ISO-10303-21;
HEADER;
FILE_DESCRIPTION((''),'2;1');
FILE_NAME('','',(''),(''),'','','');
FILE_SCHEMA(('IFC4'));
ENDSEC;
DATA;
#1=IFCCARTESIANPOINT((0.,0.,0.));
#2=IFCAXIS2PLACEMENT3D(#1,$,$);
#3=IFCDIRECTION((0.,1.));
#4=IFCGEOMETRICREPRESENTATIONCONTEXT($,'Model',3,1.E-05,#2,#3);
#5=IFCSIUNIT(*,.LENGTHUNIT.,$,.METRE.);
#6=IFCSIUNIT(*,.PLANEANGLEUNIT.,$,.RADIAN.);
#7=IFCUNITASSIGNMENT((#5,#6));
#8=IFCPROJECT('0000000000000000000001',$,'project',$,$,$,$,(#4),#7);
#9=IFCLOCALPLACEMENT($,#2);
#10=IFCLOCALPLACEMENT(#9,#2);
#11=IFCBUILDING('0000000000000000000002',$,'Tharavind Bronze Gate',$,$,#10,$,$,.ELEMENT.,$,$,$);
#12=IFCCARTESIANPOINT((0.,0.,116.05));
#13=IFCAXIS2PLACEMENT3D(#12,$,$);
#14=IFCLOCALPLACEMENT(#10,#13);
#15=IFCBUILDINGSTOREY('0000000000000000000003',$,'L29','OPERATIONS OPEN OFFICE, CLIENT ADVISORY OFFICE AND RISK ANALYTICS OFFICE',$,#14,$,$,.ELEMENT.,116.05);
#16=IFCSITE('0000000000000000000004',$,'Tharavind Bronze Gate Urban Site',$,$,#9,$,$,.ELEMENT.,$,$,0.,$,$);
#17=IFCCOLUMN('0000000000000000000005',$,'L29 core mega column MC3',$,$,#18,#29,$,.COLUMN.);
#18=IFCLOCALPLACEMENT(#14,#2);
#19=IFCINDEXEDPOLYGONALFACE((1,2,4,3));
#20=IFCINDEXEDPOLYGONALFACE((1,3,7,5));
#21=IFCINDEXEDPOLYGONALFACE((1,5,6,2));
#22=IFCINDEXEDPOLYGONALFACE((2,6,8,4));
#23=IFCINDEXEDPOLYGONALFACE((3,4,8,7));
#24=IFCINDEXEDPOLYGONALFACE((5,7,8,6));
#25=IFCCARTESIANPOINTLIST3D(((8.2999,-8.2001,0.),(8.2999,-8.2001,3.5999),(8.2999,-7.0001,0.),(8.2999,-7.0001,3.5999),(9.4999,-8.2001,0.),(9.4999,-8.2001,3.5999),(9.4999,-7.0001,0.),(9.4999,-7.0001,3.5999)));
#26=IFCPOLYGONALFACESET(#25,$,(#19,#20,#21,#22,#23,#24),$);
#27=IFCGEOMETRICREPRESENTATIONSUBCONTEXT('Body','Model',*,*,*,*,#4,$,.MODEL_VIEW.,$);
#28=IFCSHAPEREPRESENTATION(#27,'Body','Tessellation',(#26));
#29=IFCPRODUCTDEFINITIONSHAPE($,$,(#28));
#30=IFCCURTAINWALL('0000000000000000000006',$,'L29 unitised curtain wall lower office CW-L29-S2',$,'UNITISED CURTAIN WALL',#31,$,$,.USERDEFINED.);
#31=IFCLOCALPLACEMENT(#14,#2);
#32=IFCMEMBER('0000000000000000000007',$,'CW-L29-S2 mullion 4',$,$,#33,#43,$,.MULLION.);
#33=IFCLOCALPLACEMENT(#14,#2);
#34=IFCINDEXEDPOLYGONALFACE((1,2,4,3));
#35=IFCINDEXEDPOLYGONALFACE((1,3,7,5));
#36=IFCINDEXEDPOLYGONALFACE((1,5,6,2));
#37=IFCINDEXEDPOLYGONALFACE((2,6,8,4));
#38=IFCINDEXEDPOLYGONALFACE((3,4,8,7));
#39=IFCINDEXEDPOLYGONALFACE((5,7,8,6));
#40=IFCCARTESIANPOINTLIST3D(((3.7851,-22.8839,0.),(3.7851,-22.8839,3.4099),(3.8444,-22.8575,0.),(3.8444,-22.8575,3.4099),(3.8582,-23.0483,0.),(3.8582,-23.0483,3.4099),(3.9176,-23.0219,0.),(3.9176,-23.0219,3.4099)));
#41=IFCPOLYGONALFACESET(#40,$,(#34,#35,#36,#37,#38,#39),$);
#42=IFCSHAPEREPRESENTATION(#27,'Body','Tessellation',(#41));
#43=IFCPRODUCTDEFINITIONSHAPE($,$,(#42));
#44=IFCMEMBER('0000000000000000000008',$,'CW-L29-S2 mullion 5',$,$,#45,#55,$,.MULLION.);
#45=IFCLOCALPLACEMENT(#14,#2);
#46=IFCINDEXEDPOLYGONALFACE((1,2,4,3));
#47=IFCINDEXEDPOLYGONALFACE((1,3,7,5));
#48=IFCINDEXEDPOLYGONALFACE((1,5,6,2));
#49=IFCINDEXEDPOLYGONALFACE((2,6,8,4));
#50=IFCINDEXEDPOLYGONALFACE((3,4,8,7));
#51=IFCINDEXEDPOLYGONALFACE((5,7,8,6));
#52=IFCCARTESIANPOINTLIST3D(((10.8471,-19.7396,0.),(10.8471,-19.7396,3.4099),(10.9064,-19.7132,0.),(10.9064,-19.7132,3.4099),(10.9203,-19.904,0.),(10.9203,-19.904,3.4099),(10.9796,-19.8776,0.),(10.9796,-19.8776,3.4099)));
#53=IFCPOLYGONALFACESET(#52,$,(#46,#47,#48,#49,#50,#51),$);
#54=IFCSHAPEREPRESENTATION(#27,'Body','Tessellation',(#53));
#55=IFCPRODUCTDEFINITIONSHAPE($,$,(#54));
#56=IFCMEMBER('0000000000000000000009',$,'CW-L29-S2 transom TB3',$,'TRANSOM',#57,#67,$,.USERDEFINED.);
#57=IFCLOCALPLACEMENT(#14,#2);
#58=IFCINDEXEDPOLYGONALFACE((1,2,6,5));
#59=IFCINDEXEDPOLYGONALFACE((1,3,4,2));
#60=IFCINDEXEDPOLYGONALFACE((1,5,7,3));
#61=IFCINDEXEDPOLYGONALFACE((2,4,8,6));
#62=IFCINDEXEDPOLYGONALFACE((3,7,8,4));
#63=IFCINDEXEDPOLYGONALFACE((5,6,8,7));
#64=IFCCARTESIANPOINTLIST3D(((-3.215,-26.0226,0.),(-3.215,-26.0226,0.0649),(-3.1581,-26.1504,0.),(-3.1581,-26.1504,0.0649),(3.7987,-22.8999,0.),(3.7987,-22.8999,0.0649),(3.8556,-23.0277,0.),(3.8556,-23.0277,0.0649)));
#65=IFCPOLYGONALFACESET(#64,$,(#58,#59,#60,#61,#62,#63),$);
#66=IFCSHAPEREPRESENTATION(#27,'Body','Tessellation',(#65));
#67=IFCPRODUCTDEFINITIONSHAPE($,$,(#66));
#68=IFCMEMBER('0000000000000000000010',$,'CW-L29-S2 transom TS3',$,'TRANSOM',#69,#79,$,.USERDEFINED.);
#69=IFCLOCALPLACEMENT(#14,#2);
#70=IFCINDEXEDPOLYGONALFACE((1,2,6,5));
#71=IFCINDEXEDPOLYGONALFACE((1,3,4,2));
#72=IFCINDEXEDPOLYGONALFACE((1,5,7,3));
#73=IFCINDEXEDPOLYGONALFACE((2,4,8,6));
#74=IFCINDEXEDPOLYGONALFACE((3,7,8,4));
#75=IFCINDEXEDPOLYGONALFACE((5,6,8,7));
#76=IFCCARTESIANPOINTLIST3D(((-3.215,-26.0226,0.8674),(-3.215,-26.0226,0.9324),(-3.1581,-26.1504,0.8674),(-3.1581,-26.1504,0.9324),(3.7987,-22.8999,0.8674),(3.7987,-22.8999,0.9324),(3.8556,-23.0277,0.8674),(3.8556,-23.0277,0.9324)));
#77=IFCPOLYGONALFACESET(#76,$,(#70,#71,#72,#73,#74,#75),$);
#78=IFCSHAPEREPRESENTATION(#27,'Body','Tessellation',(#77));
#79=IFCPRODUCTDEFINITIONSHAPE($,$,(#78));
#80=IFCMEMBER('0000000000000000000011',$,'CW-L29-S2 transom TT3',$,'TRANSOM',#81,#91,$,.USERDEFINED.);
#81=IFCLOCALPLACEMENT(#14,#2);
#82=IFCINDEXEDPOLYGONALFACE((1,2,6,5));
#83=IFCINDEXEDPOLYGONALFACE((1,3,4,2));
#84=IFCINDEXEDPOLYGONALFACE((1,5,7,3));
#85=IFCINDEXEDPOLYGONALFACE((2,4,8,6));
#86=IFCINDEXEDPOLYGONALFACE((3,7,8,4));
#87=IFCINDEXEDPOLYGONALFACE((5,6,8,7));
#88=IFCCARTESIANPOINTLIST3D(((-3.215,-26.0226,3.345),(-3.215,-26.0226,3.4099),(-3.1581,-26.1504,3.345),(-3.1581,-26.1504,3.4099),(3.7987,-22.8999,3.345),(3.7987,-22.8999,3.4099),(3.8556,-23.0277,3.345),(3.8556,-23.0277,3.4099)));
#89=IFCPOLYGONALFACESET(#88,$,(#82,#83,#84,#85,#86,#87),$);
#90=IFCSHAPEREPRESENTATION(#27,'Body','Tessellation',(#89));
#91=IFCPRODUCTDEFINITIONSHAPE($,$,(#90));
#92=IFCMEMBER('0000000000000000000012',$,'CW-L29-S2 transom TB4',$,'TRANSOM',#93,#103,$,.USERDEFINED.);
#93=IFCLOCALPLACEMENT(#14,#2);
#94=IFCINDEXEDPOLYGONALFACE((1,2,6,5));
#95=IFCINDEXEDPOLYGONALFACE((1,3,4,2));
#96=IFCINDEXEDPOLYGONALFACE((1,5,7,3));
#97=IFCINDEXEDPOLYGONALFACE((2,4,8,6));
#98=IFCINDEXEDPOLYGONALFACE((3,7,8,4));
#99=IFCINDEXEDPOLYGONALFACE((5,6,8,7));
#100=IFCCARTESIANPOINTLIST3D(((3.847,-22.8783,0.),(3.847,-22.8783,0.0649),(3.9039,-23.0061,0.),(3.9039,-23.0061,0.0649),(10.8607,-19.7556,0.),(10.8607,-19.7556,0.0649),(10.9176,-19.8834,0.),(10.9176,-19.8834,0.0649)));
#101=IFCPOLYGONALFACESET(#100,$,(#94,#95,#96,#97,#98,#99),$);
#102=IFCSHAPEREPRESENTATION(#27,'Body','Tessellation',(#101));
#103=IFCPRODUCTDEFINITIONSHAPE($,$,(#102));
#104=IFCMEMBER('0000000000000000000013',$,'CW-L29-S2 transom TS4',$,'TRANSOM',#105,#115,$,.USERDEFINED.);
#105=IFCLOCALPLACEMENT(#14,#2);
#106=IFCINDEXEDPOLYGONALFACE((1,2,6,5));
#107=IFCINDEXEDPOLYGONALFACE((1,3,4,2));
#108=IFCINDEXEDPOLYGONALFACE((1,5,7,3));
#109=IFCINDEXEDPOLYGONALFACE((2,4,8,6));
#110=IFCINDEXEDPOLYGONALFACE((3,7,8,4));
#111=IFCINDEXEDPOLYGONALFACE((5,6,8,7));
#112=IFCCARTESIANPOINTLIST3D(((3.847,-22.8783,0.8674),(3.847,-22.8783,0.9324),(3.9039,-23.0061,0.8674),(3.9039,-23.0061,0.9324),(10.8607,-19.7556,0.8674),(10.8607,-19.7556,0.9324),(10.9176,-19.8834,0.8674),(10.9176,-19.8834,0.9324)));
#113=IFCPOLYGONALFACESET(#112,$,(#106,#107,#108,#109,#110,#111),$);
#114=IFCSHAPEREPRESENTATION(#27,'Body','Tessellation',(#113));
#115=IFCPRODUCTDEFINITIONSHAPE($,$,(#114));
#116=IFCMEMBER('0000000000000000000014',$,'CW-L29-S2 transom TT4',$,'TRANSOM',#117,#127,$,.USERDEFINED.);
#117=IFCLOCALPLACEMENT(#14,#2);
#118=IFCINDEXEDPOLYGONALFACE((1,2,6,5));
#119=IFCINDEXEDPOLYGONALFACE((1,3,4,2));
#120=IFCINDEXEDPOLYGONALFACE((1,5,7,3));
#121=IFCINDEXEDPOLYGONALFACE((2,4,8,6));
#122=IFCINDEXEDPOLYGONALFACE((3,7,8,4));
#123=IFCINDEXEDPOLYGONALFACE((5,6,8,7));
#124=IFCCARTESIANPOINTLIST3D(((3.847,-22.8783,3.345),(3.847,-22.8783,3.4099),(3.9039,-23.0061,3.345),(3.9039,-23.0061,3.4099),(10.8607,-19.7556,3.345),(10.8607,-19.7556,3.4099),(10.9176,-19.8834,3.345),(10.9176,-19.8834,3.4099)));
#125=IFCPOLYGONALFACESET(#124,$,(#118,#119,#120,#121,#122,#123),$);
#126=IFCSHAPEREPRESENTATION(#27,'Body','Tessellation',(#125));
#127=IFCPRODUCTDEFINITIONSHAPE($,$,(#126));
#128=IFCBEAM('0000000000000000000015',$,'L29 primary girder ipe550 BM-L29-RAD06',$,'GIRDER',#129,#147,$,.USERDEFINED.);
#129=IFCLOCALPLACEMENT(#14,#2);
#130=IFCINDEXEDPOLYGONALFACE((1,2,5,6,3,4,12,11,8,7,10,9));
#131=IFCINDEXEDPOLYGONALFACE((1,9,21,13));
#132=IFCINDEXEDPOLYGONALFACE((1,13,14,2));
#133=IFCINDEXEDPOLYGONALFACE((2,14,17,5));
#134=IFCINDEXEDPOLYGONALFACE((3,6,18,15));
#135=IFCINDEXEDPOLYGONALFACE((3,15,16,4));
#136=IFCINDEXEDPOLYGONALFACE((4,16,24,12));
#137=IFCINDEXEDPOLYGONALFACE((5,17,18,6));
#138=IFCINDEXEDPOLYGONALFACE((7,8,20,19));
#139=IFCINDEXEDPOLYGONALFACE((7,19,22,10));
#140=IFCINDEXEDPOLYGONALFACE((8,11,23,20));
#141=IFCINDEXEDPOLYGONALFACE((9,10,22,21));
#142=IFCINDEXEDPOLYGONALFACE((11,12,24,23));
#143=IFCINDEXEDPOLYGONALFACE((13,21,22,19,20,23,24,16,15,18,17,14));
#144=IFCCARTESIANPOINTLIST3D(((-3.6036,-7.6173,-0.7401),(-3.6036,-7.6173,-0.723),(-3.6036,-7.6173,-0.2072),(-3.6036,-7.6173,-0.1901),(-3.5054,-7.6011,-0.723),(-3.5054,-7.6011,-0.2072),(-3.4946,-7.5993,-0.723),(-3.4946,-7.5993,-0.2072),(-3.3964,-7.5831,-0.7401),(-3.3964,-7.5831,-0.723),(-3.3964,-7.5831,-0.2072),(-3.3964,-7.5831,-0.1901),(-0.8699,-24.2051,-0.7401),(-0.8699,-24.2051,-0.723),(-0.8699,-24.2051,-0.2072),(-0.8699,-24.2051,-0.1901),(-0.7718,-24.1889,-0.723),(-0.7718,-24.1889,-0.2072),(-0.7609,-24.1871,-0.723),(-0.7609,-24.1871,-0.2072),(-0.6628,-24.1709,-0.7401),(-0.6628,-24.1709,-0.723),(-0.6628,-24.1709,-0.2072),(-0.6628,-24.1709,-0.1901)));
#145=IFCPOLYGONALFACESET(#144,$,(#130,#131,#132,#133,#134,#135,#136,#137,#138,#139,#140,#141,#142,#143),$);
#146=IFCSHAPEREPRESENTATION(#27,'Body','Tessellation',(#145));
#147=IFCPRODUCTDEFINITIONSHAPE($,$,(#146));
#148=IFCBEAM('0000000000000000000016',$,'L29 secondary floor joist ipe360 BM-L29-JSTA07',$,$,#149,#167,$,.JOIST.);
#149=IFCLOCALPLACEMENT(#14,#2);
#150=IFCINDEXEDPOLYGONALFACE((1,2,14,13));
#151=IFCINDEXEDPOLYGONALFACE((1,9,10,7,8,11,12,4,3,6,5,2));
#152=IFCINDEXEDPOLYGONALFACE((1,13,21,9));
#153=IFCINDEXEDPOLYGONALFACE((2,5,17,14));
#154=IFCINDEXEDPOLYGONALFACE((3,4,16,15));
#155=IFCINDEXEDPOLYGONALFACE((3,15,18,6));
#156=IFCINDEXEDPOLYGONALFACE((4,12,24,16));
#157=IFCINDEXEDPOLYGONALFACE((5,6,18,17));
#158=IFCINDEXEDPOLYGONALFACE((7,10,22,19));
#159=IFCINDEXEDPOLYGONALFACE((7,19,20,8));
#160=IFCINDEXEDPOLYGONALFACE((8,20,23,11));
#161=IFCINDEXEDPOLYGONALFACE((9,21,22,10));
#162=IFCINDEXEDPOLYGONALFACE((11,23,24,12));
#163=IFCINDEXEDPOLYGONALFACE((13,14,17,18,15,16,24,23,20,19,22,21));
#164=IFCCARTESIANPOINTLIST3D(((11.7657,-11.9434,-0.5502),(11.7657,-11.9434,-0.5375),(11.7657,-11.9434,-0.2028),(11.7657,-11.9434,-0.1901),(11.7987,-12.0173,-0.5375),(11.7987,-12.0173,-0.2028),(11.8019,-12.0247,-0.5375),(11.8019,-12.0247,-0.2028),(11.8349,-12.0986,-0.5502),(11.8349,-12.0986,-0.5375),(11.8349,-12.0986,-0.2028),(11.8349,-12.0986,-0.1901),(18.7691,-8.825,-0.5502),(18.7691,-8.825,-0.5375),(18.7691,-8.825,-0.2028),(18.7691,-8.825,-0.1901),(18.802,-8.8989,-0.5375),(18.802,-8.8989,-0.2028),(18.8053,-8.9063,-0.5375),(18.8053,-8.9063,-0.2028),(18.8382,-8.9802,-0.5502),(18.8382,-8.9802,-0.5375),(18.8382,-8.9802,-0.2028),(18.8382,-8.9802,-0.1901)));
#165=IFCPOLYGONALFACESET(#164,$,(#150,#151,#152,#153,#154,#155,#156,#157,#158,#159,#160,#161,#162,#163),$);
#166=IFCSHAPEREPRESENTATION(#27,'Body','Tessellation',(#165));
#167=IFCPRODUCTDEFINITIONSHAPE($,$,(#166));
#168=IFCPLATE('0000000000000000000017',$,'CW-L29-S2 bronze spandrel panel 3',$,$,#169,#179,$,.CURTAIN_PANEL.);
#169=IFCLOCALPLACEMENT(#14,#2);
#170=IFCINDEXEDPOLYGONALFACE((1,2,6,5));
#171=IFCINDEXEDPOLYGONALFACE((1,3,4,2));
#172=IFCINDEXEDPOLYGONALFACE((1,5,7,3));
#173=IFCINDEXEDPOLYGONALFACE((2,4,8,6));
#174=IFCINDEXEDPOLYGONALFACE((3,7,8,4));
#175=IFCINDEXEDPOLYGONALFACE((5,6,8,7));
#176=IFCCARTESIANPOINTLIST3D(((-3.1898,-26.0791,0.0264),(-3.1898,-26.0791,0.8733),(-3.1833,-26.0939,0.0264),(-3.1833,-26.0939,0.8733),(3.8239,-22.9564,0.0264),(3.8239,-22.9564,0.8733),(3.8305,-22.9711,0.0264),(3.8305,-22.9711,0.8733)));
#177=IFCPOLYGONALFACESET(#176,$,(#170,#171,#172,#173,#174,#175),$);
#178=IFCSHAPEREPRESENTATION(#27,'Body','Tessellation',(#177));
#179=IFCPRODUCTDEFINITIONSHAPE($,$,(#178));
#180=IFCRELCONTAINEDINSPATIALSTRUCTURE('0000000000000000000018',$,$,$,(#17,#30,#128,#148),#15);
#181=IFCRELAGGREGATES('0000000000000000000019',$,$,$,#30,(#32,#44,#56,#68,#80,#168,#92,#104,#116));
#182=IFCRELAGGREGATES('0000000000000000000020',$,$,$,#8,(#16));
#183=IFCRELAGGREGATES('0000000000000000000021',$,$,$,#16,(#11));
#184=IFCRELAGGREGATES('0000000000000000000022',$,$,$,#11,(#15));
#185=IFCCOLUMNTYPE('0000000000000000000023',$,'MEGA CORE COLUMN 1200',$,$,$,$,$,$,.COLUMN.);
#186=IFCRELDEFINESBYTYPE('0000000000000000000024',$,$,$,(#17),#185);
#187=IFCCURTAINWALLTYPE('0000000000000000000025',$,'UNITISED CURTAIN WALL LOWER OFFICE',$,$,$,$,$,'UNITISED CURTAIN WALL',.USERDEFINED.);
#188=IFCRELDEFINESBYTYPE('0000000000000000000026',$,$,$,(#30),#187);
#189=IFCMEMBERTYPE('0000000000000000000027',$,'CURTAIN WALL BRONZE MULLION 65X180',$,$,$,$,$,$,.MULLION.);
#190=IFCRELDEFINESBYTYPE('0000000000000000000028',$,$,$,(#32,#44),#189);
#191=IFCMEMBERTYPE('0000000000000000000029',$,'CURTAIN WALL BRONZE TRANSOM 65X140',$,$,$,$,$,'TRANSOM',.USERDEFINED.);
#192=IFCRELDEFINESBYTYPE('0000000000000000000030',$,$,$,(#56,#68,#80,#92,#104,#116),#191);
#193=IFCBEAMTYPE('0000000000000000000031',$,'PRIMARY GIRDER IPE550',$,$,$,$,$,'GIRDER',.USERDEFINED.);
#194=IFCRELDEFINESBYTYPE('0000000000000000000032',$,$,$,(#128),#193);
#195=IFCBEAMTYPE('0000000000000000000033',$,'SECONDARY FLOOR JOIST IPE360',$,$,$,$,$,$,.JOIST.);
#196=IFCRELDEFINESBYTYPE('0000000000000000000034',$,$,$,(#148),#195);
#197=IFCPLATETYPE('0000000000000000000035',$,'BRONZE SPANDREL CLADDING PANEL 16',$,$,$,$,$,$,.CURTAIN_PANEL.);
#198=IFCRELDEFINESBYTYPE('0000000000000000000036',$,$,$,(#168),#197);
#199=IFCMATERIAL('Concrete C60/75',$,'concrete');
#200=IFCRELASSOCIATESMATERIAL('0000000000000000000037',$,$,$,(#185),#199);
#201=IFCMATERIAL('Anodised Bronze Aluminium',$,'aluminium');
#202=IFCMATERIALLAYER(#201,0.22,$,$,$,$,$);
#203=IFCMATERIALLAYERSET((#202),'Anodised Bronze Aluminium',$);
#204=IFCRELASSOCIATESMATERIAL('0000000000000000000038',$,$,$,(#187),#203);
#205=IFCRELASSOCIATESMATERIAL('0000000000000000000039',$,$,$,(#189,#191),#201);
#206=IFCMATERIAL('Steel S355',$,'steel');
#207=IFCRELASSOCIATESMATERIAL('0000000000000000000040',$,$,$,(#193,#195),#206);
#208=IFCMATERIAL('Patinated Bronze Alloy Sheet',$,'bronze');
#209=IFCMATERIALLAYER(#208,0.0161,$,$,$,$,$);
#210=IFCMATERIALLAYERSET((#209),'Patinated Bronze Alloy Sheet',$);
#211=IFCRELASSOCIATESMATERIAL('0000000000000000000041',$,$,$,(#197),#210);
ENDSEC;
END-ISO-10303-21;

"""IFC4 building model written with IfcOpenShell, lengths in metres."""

from ifc_helpers import new_model, si_unit, direction, frame, origin, origin_2d, place, context, subcontext, project, spatial, rectangle, i_section, extrude, material, layer, layer_set, material_profile, profile_set, type_object, element, aggregate, save


model = new_model("IFC4")

# Units and contexts
model_context = context("Model", 3, precision=1e-05, world=origin(), true_north=direction((0.0, 1.0)))
body_context = subcontext(model_context, "Body", "Model", "MODEL_VIEW")
ifc_project = project(units=[si_unit("LENGTHUNIT", "METRE"), si_unit("PLANEANGLEUNIT", "RADIAN")], contexts=[model_context])

# Site, building, storey
site_placement = place(None, origin())
site = spatial("IfcSite", under=ifc_project, at=site_placement, Name="Tharavind Bronze Gate Urban Site", CompositionType="ELEMENT", RefElevation=0.0)
building_placement = place(site_placement, origin())
building = spatial("IfcBuilding", under=site, at=building_placement, Name="Tharavind Bronze Gate", CompositionType="ELEMENT")
storey_placement = place(building_placement, frame((0.0, 0.0, 116.05)))
storey = spatial("IfcBuildingStorey", under=building, at=storey_placement, Name="L29", Description="OPERATIONS OPEN OFFICE, CLIENT ADVISORY OFFICE AND RISK ANALYTICS OFFICE", CompositionType="ELEMENT", Elevation=116.05)

# Column
ifc_material_1 = material(Name="Concrete C60/75", Category="concrete")
ifc_material_profile_1 = material_profile(ifc_material_1, rectangle(XDim=1.2, YDim=1.2, at=origin_2d()), Name="RCCOL1200")
ifc_profile_set_1 = profile_set([ifc_material_profile_1], Name="Concrete C60/75")
column_type = type_object("IfcColumnType", Name="MEGA CORE COLUMN 1200", PredefinedType="COLUMN", material=ifc_profile_set_1)
column_placement = place(storey_placement, frame((8.8999, -7.6001, 0.0), z_axis=(0.0, 0.0, 1.0), x_axis=(1.0, 0.0, 0.0)))
element("IfcColumn", 1, at=column_placement, inside=storey, type_object=column_type, Name="L29 core mega column MC3", PredefinedType="COLUMN", context=body_context, shape_type="SweptSolid", body=[
    extrude(rectangle(XDim=1.2, YDim=1.2, at=origin_2d()), origin(), (0.0, 0.0, 1.0), 3.5999),
])

# Curtain wall, members
ifc_material_2 = material(Name="Anodised Bronze Aluminium", Category="aluminium")
ifc_layer_1 = layer(ifc_material_2, 0.22)
ifc_layer_set_1 = layer_set([ifc_layer_1], Name="Anodised Bronze Aluminium")
curtain_wall_type = type_object("IfcCurtainWallType", Name="UNITISED CURTAIN WALL LOWER OFFICE", ElementType="UNITISED CURTAIN WALL", PredefinedType="USERDEFINED", material=ifc_layer_set_1)
curtain_wall_placement = place(storey_placement, origin())
curtain_wall = element("IfcCurtainWall", 2, at=curtain_wall_placement, inside=storey, type_object=curtain_wall_type, Name="L29 unitised curtain wall lower office CW-L29-S2", ObjectType="UNITISED CURTAIN WALL", PredefinedType="USERDEFINED")
member_type_1 = type_object("IfcMemberType", Name="CURTAIN WALL BRONZE MULLION 65X180", PredefinedType="MULLION", material=ifc_material_2)
member_1_placement = place(storey_placement, frame((3.8513, -22.9529, 0.0), z_axis=(0.0, 0.0, 1.0), x_axis=(0.913545, 0.406737, 0.0)))
member_1 = element("IfcMember", 3, at=member_1_placement, type_object=member_type_1, Name="CW-L29-S2 mullion 4", PredefinedType="MULLION", context=body_context, shape_type="SweptSolid", body=[
    extrude(rectangle(XDim=0.0649, YDim=0.1799, at=origin_2d()), origin(), (0.0, 0.0, 1.0), 3.4099),
])
member_2_placement = place(storey_placement, frame((10.9133, -19.8086, 0.0), z_axis=(0.0, 0.0, 1.0), x_axis=(0.913545, 0.406737, 0.0)))
member_2 = element("IfcMember", 4, at=member_2_placement, type_object=member_type_1, Name="CW-L29-S2 mullion 5", PredefinedType="MULLION", context=body_context, shape_type="SweptSolid", body=[
    extrude(rectangle(XDim=0.0649, YDim=0.1799, at=origin_2d()), origin(), (0.0, 0.0, 1.0), 3.4099),
])
member_type_2 = type_object("IfcMemberType", Name="CURTAIN WALL BRONZE TRANSOM 65X140", ElementType="TRANSOM", PredefinedType="USERDEFINED", material=ifc_material_2)
member_3_placement = place(storey_placement, frame((0.3203, -24.5251, 0.0), z_axis=(0.0, 0.0, 1.0), x_axis=(0.913545, 0.406737, 0.0)))
member_3 = element("IfcMember", 5, at=member_3_placement, type_object=member_type_2, Name="CW-L29-S2 transom TB3", ObjectType="TRANSOM", PredefinedType="USERDEFINED", context=body_context, shape_type="SweptSolid", body=[
    extrude(rectangle(XDim=7.6775, YDim=0.1399, at=origin_2d()), origin(), (0.0, 0.0, 1.0), 0.0649),
])
member_4_placement = place(storey_placement, frame((0.3203, -24.5251, 0.8674), z_axis=(0.0, 0.0, 1.0), x_axis=(0.913545, 0.406737, 0.0)))
member_4 = element("IfcMember", 6, at=member_4_placement, type_object=member_type_2, Name="CW-L29-S2 transom TS3", ObjectType="TRANSOM", PredefinedType="USERDEFINED", context=body_context, shape_type="SweptSolid", body=[
    extrude(rectangle(XDim=7.6775, YDim=0.1399, at=origin_2d()), origin(), (0.0, 0.0, 1.0), 0.0649),
])
member_5_placement = place(storey_placement, frame((0.3203, -24.5251, 3.345), z_axis=(0.0, 0.0, 1.0), x_axis=(0.913545, 0.406737, 0.0)))
member_5 = element("IfcMember", 7, at=member_5_placement, type_object=member_type_2, Name="CW-L29-S2 transom TT3", ObjectType="TRANSOM", PredefinedType="USERDEFINED", context=body_context, shape_type="SweptSolid", body=[
    extrude(rectangle(XDim=7.6775, YDim=0.1399, at=origin_2d()), origin(), (0.0, 0.0, 1.0), 0.0649),
])
member_6_placement = place(storey_placement, frame((7.3823, -21.3809, 0.0), z_axis=(0.0, 0.0, 1.0), x_axis=(0.913545, 0.406737, 0.0)))
member_6 = element("IfcMember", 8, at=member_6_placement, type_object=member_type_2, Name="CW-L29-S2 transom TB4", ObjectType="TRANSOM", PredefinedType="USERDEFINED", context=body_context, shape_type="SweptSolid", body=[
    extrude(rectangle(XDim=7.6775, YDim=0.1399, at=origin_2d()), origin(), (0.0, 0.0, 1.0), 0.0649),
])
member_7_placement = place(storey_placement, frame((7.3823, -21.3809, 0.8674), z_axis=(0.0, 0.0, 1.0), x_axis=(0.913545, 0.406737, 0.0)))
member_7 = element("IfcMember", 9, at=member_7_placement, type_object=member_type_2, Name="CW-L29-S2 transom TS4", ObjectType="TRANSOM", PredefinedType="USERDEFINED", context=body_context, shape_type="SweptSolid", body=[
    extrude(rectangle(XDim=7.6775, YDim=0.1399, at=origin_2d()), origin(), (0.0, 0.0, 1.0), 0.0649),
])
member_8_placement = place(storey_placement, frame((7.3823, -21.3809, 3.345), z_axis=(0.0, 0.0, 1.0), x_axis=(0.913545, 0.406737, 0.0)))
member_8 = element("IfcMember", 10, at=member_8_placement, type_object=member_type_2, Name="CW-L29-S2 transom TT4", ObjectType="TRANSOM", PredefinedType="USERDEFINED", context=body_context, shape_type="SweptSolid", body=[
    extrude(rectangle(XDim=7.6775, YDim=0.1399, at=origin_2d()), origin(), (0.0, 0.0, 1.0), 0.0649),
])

# Beams
ifc_material_3 = material(Name="Steel S355", Category="steel")
ifc_material_profile_2 = material_profile(ifc_material_3, i_section(OverallWidth=0.21, OverallDepth=0.55, WebThickness=0.011, FlangeThickness=0.0171, at=origin_2d()), Name="IPE550")
ifc_profile_set_2 = profile_set([ifc_material_profile_2], Name="Steel S355")
beam_type_1 = type_object("IfcBeamType", Name="PRIMARY GIRDER IPE550", ElementType="GIRDER", PredefinedType="USERDEFINED", material=ifc_profile_set_2)
beam_1_placement = place(storey_placement, frame((-0.7664, -24.188, -0.4651), z_axis=(-0.162604, 0.986691, 0.0), x_axis=(-0.986691, -0.162604, 0.0)))
element("IfcBeam", 11, at=beam_1_placement, inside=storey, type_object=beam_type_1, Name="L29 primary girder ipe550 BM-L29-RAD06", ObjectType="GIRDER", PredefinedType="USERDEFINED", context=body_context, shape_type="SweptSolid", body=[
    extrude(i_section(OverallWidth=0.21, OverallDepth=0.55, WebThickness=0.011, FlangeThickness=0.0171, at=origin_2d()), origin(), (0.0, 0.0, 1.0), 16.8115),
])
ifc_material_profile_3 = material_profile(ifc_material_3, i_section(OverallWidth=0.1699, OverallDepth=0.3601, WebThickness=0.0081, FlangeThickness=0.0127, at=origin_2d()), Name="IPE360")
ifc_profile_set_3 = profile_set([ifc_material_profile_3], Name="Steel S355")
beam_type_2 = type_object("IfcBeamType", Name="SECONDARY FLOOR JOIST IPE360", PredefinedType="JOIST", material=ifc_profile_set_3)
beam_2_placement = place(storey_placement, frame((11.8003, -12.021, -0.3701), z_axis=(0.913532, 0.406768, 0.0), x_axis=(-0.406768, 0.913532, 0.0)))
element("IfcBeam", 12, at=beam_2_placement, inside=storey, type_object=beam_type_2, Name="L29 secondary floor joist ipe360 BM-L29-JSTA07", PredefinedType="JOIST", context=body_context, shape_type="SweptSolid", body=[
    extrude(i_section(OverallWidth=0.1699, OverallDepth=0.3601, WebThickness=0.0081, FlangeThickness=0.0127, at=origin_2d()), origin(), (0.0, 0.0, 1.0), 7.6663),
])

# Plate
ifc_material_4 = material(Name="Patinated Bronze Alloy Sheet", Category="bronze")
ifc_layer_2 = layer(ifc_material_4, 0.0161)
ifc_layer_set_2 = layer_set([ifc_layer_2], Name="Patinated Bronze Alloy Sheet")
plate_type_1 = type_object("IfcPlateType", Name="BRONZE SPANDREL CLADDING PANEL 16", PredefinedType="CURTAIN_PANEL", material=ifc_layer_set_2)
plate_1_placement = place(storey_placement, frame((0.3203, -24.5251, 0.0264), z_axis=(0.0, 0.0, 1.0), x_axis=(0.913545, 0.406737, 0.0)))
plate_1 = element("IfcPlate", 13, at=plate_1_placement, type_object=plate_type_1, Name="CW-L29-S2 bronze spandrel panel 3", PredefinedType="CURTAIN_PANEL", context=body_context, shape_type="SweptSolid", body=[
    extrude(rectangle(XDim=7.6775, YDim=0.0161, at=origin_2d()), origin(), (0.0, 0.0, 1.0), 0.8469),
])
aggregate(curtain_wall, [member_1, member_2, member_3, member_4, member_5, plate_1, member_6, member_7, member_8])

save(model, "model.ifc")
